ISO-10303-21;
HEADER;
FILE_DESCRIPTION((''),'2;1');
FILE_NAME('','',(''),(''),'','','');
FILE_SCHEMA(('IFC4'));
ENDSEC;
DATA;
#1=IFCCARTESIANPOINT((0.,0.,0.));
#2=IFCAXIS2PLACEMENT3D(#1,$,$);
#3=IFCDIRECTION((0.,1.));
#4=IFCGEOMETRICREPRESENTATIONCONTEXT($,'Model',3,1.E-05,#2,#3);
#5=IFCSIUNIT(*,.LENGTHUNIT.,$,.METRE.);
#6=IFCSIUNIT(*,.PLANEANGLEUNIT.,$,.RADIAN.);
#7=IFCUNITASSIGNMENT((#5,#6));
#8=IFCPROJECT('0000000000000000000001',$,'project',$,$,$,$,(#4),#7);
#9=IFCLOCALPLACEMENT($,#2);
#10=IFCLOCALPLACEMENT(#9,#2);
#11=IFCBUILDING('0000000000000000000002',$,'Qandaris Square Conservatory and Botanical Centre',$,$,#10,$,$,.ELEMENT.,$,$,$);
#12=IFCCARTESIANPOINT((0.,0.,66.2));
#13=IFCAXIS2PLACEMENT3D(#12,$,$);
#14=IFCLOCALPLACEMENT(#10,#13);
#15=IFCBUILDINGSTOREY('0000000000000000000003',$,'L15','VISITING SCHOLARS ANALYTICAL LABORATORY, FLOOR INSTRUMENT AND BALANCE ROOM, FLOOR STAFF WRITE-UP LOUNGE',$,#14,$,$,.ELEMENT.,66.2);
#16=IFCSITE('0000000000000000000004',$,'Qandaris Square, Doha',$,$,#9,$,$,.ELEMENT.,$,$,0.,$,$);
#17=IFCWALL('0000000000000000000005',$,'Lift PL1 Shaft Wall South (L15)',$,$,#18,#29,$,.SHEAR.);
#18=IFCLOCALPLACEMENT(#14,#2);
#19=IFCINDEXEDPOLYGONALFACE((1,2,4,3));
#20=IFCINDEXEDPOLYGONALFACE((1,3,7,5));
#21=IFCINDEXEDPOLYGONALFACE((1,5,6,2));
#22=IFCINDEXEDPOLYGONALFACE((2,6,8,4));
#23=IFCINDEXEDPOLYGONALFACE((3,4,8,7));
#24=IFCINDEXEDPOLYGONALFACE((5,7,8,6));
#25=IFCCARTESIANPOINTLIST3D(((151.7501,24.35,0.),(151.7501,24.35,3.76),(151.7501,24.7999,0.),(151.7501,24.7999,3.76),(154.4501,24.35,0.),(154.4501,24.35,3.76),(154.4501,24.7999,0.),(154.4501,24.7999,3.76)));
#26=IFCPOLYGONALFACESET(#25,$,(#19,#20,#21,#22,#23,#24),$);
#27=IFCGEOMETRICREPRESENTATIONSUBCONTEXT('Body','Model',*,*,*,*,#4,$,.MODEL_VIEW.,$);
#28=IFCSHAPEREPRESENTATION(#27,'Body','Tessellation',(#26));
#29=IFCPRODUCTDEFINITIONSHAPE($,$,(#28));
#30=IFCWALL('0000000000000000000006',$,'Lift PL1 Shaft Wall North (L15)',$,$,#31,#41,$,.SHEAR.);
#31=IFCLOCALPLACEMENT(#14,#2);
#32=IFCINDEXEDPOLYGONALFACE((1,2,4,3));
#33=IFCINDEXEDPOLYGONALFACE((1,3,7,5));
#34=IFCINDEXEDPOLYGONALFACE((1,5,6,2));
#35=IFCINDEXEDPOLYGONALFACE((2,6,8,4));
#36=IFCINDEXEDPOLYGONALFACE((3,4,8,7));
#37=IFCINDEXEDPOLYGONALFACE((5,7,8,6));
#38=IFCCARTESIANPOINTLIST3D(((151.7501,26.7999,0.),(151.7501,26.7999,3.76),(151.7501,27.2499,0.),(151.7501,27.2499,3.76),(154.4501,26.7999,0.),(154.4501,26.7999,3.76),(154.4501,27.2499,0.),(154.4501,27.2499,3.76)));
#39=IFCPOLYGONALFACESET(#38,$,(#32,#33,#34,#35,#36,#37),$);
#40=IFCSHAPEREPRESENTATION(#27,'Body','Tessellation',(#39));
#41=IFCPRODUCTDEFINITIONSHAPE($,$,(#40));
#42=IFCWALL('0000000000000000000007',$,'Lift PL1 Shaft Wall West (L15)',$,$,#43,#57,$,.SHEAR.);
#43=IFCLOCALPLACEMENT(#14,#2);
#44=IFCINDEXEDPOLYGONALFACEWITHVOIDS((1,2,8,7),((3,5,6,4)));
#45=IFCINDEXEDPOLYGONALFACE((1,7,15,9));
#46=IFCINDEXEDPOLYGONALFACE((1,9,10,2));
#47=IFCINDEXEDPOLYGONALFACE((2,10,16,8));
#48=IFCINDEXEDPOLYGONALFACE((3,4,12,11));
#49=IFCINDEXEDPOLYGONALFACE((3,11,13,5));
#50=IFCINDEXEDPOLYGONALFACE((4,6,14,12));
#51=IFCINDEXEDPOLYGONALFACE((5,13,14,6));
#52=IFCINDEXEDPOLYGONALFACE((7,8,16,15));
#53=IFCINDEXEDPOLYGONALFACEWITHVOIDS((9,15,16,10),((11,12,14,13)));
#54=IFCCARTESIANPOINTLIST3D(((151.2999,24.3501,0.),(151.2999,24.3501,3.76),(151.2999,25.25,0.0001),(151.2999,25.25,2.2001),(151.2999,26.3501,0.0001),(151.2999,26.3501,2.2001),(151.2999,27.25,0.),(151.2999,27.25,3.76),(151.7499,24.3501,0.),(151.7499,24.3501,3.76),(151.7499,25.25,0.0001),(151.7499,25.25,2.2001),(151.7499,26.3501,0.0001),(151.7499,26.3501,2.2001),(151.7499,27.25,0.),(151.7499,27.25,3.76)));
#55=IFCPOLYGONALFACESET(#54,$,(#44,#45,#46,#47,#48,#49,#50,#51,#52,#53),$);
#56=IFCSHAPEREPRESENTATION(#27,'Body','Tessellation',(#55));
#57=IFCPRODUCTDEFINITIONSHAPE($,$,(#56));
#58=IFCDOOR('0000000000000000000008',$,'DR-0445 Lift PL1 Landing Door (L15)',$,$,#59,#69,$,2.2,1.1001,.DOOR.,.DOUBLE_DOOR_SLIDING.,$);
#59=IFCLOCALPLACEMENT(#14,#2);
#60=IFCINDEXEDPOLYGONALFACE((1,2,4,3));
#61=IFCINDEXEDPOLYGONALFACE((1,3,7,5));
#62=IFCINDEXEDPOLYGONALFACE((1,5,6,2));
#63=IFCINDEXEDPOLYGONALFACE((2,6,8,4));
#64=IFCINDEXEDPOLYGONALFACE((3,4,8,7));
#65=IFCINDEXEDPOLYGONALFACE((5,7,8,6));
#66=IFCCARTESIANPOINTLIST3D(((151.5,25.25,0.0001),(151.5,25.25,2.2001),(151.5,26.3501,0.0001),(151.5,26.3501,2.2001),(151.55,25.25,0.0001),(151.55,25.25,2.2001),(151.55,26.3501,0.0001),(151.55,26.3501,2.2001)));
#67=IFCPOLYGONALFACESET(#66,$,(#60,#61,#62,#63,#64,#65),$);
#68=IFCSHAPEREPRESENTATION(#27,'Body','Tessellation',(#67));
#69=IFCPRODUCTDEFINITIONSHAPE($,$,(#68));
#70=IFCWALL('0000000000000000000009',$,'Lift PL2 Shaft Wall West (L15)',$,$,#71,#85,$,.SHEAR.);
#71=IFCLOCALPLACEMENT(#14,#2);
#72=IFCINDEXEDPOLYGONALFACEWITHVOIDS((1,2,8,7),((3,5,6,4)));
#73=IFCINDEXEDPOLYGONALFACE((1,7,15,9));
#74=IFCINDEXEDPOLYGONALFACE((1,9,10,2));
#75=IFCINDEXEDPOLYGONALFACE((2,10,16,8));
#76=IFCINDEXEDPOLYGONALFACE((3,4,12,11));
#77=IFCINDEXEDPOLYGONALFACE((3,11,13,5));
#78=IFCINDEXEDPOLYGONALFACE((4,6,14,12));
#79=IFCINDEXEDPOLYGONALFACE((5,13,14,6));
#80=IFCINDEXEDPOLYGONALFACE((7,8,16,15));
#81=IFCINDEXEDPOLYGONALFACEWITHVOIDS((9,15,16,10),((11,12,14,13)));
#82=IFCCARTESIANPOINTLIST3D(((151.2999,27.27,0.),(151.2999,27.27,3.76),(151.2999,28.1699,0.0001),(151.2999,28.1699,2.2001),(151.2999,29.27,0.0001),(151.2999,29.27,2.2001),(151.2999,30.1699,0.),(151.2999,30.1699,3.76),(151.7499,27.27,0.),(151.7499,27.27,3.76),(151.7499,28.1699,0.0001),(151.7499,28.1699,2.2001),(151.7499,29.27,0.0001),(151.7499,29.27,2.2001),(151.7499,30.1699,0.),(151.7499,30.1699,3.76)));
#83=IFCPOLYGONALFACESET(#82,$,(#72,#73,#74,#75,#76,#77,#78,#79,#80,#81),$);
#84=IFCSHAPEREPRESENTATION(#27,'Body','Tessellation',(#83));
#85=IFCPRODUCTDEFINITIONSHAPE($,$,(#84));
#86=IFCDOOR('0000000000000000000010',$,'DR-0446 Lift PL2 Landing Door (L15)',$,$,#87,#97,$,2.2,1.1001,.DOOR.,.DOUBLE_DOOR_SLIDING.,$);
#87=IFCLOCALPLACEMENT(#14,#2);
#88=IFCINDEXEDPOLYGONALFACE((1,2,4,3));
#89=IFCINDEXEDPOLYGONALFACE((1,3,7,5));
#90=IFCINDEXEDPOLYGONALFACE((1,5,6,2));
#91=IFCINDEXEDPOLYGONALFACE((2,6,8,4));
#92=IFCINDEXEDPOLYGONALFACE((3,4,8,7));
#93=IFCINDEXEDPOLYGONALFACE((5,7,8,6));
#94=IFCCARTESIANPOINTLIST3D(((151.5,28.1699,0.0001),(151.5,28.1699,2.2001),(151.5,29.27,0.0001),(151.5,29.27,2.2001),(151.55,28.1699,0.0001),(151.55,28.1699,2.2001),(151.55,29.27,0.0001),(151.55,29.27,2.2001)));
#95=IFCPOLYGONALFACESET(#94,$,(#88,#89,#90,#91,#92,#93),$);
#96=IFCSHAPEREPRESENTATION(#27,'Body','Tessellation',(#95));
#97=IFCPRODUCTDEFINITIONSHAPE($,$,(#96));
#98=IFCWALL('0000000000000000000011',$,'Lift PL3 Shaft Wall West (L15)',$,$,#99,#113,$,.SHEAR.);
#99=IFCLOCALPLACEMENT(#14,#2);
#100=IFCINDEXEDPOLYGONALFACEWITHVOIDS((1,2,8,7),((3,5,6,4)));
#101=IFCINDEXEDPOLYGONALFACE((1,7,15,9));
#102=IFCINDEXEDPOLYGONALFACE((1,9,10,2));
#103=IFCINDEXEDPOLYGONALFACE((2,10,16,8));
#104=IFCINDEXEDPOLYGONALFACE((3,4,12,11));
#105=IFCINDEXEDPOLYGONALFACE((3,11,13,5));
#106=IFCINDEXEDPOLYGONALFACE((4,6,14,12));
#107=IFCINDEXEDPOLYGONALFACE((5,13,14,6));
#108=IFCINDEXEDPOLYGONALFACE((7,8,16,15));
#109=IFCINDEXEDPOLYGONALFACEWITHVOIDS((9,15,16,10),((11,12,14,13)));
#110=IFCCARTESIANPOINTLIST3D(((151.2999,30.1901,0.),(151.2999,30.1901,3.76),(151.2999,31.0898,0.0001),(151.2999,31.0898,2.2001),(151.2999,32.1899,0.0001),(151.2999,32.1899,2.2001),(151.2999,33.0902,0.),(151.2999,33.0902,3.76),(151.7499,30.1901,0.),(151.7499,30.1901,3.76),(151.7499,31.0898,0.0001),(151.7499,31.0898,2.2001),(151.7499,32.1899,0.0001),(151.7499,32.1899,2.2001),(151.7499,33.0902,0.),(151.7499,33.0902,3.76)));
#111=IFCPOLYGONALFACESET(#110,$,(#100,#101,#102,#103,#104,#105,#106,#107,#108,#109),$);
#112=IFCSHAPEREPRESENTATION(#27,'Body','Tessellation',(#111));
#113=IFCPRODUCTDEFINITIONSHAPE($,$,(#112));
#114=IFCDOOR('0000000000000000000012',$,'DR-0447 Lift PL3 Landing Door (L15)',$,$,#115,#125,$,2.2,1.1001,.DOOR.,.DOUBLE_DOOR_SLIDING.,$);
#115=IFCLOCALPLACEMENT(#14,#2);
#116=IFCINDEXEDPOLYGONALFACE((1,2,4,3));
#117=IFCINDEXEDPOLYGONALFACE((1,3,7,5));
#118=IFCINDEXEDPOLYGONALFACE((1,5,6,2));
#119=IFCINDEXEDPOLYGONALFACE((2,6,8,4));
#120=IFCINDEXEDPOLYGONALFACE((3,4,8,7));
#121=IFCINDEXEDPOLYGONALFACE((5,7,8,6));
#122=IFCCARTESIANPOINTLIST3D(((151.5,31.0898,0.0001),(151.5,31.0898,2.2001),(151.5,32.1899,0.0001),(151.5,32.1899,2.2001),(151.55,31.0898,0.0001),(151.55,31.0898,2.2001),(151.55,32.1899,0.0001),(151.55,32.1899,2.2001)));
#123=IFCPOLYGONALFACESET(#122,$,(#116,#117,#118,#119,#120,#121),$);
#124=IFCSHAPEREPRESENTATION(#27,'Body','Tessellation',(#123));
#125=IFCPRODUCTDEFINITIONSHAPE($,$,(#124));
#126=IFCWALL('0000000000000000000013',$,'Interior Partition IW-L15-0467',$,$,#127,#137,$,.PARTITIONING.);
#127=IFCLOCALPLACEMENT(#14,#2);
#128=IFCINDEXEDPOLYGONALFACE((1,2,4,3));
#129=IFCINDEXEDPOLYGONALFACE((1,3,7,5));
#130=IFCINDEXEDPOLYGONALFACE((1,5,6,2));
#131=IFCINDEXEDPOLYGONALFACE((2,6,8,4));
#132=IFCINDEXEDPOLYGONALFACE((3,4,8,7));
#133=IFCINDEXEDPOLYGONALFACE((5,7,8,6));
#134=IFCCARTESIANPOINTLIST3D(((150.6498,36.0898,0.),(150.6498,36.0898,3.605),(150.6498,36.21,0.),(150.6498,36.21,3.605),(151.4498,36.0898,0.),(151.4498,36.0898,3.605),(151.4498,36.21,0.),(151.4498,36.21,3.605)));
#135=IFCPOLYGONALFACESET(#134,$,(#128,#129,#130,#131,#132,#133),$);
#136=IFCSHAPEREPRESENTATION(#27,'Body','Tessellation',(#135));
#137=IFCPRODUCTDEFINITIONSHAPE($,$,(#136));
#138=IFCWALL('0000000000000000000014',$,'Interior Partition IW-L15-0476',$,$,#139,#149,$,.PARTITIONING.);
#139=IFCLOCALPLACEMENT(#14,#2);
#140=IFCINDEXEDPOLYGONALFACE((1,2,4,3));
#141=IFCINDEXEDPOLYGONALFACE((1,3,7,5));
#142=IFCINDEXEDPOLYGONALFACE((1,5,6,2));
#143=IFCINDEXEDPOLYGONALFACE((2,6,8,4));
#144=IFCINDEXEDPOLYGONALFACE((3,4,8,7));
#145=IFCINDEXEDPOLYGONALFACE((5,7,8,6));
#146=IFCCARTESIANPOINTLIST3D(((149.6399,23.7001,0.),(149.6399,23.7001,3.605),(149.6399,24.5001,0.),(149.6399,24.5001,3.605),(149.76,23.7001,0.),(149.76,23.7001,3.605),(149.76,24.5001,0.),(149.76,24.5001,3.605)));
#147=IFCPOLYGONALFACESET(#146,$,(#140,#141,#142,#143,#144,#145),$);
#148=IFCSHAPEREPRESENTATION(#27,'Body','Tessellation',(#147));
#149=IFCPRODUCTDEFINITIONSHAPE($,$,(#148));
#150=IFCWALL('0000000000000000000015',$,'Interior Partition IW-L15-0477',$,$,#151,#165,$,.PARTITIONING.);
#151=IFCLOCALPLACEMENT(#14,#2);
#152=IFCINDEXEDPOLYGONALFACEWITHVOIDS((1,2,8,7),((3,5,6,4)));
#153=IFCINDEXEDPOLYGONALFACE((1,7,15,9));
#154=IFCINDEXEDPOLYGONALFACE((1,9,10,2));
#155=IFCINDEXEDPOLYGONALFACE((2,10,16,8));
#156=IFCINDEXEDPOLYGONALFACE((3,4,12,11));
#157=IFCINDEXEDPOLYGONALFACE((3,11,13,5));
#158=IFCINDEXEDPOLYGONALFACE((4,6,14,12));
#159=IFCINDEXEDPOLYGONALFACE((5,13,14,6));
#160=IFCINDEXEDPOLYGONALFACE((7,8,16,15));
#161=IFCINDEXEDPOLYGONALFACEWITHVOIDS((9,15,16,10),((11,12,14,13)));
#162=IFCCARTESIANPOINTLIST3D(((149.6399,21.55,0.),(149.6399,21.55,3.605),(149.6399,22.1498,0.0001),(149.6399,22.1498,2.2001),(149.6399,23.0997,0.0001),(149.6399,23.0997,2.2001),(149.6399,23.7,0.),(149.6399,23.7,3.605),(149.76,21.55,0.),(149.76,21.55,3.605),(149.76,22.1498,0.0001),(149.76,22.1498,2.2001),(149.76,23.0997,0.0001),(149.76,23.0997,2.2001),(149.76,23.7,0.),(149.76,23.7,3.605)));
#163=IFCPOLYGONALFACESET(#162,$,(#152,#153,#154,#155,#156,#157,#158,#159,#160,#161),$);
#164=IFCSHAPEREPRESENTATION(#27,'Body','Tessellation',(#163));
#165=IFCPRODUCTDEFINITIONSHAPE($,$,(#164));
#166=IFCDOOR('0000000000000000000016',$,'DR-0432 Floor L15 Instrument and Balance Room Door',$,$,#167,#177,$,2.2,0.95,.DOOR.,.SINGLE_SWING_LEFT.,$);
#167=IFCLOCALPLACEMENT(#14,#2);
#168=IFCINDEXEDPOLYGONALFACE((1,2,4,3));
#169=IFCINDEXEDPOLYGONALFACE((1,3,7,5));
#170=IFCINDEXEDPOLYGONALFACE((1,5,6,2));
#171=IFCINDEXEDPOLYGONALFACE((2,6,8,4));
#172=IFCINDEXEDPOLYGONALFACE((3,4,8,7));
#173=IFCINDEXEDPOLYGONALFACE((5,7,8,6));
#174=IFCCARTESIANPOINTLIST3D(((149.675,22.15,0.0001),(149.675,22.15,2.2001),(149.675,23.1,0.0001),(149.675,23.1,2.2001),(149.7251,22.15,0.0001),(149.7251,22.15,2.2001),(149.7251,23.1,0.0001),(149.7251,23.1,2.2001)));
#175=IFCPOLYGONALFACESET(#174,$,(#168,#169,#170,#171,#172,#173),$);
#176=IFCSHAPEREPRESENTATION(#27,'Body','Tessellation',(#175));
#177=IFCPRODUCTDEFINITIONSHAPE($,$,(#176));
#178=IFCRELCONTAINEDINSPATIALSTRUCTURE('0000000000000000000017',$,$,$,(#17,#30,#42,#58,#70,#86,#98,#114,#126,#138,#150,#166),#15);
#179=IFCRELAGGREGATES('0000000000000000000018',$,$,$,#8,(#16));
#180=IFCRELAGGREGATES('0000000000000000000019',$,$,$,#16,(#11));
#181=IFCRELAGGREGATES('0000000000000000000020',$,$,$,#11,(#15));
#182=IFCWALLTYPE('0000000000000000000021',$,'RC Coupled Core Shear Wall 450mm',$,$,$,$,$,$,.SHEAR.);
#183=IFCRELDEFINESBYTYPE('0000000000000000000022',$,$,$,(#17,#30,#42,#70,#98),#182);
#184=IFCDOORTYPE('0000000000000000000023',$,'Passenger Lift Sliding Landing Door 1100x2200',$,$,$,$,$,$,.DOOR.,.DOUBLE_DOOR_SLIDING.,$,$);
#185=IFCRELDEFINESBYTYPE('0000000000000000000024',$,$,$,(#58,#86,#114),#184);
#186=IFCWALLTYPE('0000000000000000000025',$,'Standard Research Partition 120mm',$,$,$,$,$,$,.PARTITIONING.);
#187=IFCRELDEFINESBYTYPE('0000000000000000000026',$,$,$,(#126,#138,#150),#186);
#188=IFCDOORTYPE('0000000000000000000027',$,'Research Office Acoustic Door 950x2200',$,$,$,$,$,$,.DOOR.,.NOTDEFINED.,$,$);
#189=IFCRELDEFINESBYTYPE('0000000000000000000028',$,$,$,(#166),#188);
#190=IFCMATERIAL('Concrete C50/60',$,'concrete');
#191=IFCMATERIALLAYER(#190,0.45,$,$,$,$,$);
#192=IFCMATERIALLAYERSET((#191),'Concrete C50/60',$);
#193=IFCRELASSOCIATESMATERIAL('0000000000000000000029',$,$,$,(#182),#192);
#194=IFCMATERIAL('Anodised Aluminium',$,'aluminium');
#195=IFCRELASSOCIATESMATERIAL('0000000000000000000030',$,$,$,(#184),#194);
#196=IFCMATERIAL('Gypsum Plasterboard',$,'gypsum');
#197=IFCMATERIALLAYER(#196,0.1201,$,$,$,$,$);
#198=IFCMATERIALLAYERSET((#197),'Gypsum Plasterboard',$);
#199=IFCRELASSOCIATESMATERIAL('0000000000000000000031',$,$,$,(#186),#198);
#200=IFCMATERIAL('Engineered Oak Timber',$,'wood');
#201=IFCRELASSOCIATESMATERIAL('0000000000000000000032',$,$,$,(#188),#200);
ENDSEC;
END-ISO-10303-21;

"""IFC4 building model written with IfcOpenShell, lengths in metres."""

from ifc_helpers import new_model, si_unit, direction, frame, frame_2d, origin, place, context, subcontext, project, spatial, rectangle, extrude, material, layer, layer_set, type_object, element, fill, save


model = new_model("IFC4")

# Units and contexts
model_context = context("Model", 3, precision=1e-05, world=origin(), true_north=direction((0.0, 1.0)))
body_context = subcontext(model_context, "Body", "Model", "MODEL_VIEW")
ifc_project = project(units=[si_unit("LENGTHUNIT", "METRE"), si_unit("PLANEANGLEUNIT", "RADIAN")], contexts=[model_context])

# Site, building, storey
site_placement = place(None, origin())
site = spatial("IfcSite", under=ifc_project, at=site_placement, Name="Qandaris Square, Doha", CompositionType="ELEMENT", RefElevation=0.0)
building_placement = place(site_placement, origin())
building = spatial("IfcBuilding", under=site, at=building_placement, Name="Qandaris Square Conservatory and Botanical Centre", CompositionType="ELEMENT")
storey_placement = place(building_placement, frame((0.0, 0.0, 66.2)))
storey = spatial("IfcBuildingStorey", under=building, at=storey_placement, Name="L15", Description="VISITING SCHOLARS ANALYTICAL LABORATORY, FLOOR INSTRUMENT AND BALANCE ROOM, FLOOR STAFF WRITE-UP LOUNGE", CompositionType="ELEMENT", Elevation=66.2)

# Shared definitions
ifc_material_1 = material(Name="Concrete C50/60", Category="concrete")

# Shared definitions
ifc_material_2 = material(Name="Anodised Aluminium", Category="aluminium")

# Shared definitions
ifc_layer_1 = layer(ifc_material_1, 0.45)
ifc_layer_set_1 = layer_set([ifc_layer_1], Name="Concrete C50/60")
wall_type_1 = type_object("IfcWallType", Name="RC Coupled Core Shear Wall 450mm", PredefinedType="SHEAR", material=ifc_layer_set_1)

# Walls
for number, where, z_axis, x_axis, name in (
    (1, (151.75, 24.575, 0.0), (0.0, 0.0, 1.0), (1.0, 0.0, 0.0), "Lift PL1 Shaft Wall South (L15)"),
    (2, (151.75, 27.0249, 0.0), (0.0, 0.0, 1.0), (1.0, 0.0, 0.0), "Lift PL1 Shaft Wall North (L15)"),
):
    element("IfcWall", number, at=place(storey_placement, frame(where, z_axis=z_axis, x_axis=x_axis)), inside=storey, type_object=wall_type_1, Name=name, PredefinedType="SHEAR", context=body_context, shape_type="SweptSolid", body=[
        extrude(rectangle(XDim=2.7, YDim=0.45, at=frame_2d((1.3501, 0.0))), origin(), (0.0, 0.0, 1.0), 3.76),
    ])

# Walls, openings, doors
wall_1_placement = place(storey_placement, frame((151.5249, 24.3501, 0.0), z_axis=(0.0, 0.0, 1.0), x_axis=(0.0, 1.0, 0.0)))
wall_1 = element("IfcWall", 3, at=wall_1_placement, inside=storey, type_object=wall_type_1, Name="Lift PL1 Shaft Wall West (L15)", PredefinedType="SHEAR", context=body_context, shape_type="SweptSolid", body=[
    extrude(rectangle(XDim=2.8999, YDim=0.45, at=frame_2d((1.45, 0.0))), origin(), (0.0, 0.0, 1.0), 3.76),
])
opening_1_placement = place(wall_1_placement, frame((0.8999, 0.0, 0.0)))
opening_1 = element("IfcOpeningElement", 4, at=opening_1_placement, cuts=wall_1, PredefinedType="OPENING", context=body_context, shape_type="SweptSolid", body=[
    extrude(rectangle(XDim=1.1001, YDim=2.2, at=frame_2d((0.55, 1.1001))), frame((0.0, 0.2368, 0.0), z_axis=(0.0, -1.0, 0.0), x_axis=(1.0, 0.0, 0.0)), (0.0, 0.0, 1.0), 0.4739),
])
door_type_1 = type_object("IfcDoorType", Name="Passenger Lift Sliding Landing Door 1100x2200", OperationType="DOUBLE_DOOR_SLIDING", PredefinedType="DOOR", material=ifc_material_2)
door_1_placement = place(opening_1_placement, origin())
door_1 = element("IfcDoor", 5, at=door_1_placement, inside=storey, type_object=door_type_1, Name="DR-0445 Lift PL1 Landing Door (L15)", OperationType="DOUBLE_DOOR_SLIDING", OverallHeight=2.2, OverallWidth=1.1001, PredefinedType="DOOR", context=body_context, shape_type="SweptSolid", body=[
    extrude(rectangle(XDim=1.1001, YDim=2.2, at=frame_2d((0.55, 1.1001))), frame((0.0, 0.0249, 0.0), z_axis=(0.0, -1.0, 0.0), x_axis=(1.0, 0.0, 0.0)), (0.0, 0.0, 1.0), 0.05),
])
fill(opening_1, door_1)
wall_2_placement = place(storey_placement, frame((151.5249, 27.27, 0.0), z_axis=(0.0, 0.0, 1.0), x_axis=(0.0, 1.0, 0.0)))
wall_2 = element("IfcWall", 6, at=wall_2_placement, inside=storey, type_object=wall_type_1, Name="Lift PL2 Shaft Wall West (L15)", PredefinedType="SHEAR", context=body_context, shape_type="SweptSolid", body=[
    extrude(rectangle(XDim=2.8999, YDim=0.45, at=frame_2d((1.45, 0.0))), origin(), (0.0, 0.0, 1.0), 3.76),
])
opening_2_placement = place(wall_2_placement, frame((0.8999, 0.0, 0.0)))
opening_2 = element("IfcOpeningElement", 7, at=opening_2_placement, cuts=wall_2, PredefinedType="OPENING", context=body_context, shape_type="SweptSolid", body=[
    extrude(rectangle(XDim=1.1001, YDim=2.2, at=frame_2d((0.55, 1.1001))), frame((0.0, 0.2368, 0.0), z_axis=(0.0, -1.0, 0.0), x_axis=(1.0, 0.0, 0.0)), (0.0, 0.0, 1.0), 0.4739),
])
door_2_placement = place(opening_2_placement, origin())
door_2 = element("IfcDoor", 8, at=door_2_placement, inside=storey, type_object=door_type_1, Name="DR-0446 Lift PL2 Landing Door (L15)", OperationType="DOUBLE_DOOR_SLIDING", OverallHeight=2.2, OverallWidth=1.1001, PredefinedType="DOOR", context=body_context, shape_type="SweptSolid", body=[
    extrude(rectangle(XDim=1.1001, YDim=2.2, at=frame_2d((0.55, 1.1001))), frame((0.0, 0.0249, 0.0), z_axis=(0.0, -1.0, 0.0), x_axis=(1.0, 0.0, 0.0)), (0.0, 0.0, 1.0), 0.05),
])
fill(opening_2, door_2)
wall_3_placement = place(storey_placement, frame((151.5249, 30.1899, 0.0), z_axis=(0.0, 0.0, 1.0), x_axis=(0.0, 1.0, 0.0)))
wall_3 = element("IfcWall", 9, at=wall_3_placement, inside=storey, type_object=wall_type_1, Name="Lift PL3 Shaft Wall West (L15)", PredefinedType="SHEAR", context=body_context, shape_type="SweptSolid", body=[
    extrude(rectangle(XDim=2.9001, YDim=0.45, at=frame_2d((1.4502, 0.0))), origin(), (0.0, 0.0, 1.0), 3.76),
])
opening_3_placement = place(wall_3_placement, frame((0.8999, 0.0, 0.0)))
opening_3 = element("IfcOpeningElement", 10, at=opening_3_placement, cuts=wall_3, PredefinedType="OPENING", context=body_context, shape_type="SweptSolid", body=[
    extrude(rectangle(XDim=1.1001, YDim=2.2, at=frame_2d((0.55, 1.1001))), frame((0.0, 0.2368, 0.0), z_axis=(0.0, -1.0, 0.0), x_axis=(1.0, 0.0, 0.0)), (0.0, 0.0, 1.0), 0.4739),
])
door_3_placement = place(opening_3_placement, origin())
door_3 = element("IfcDoor", 11, at=door_3_placement, inside=storey, type_object=door_type_1, Name="DR-0447 Lift PL3 Landing Door (L15)", OperationType="DOUBLE_DOOR_SLIDING", OverallHeight=2.2, OverallWidth=1.1001, PredefinedType="DOOR", context=body_context, shape_type="SweptSolid", body=[
    extrude(rectangle(XDim=1.1001, YDim=2.2, at=frame_2d((0.55, 1.1001))), frame((0.0, 0.0249, 0.0), z_axis=(0.0, -1.0, 0.0), x_axis=(1.0, 0.0, 0.0)), (0.0, 0.0, 1.0), 0.05),
])
fill(opening_3, door_3)

# Walls
ifc_material_3 = material(Name="Gypsum Plasterboard", Category="gypsum")
ifc_layer_2 = layer(ifc_material_3, 0.1201)
ifc_layer_set_2 = layer_set([ifc_layer_2], Name="Gypsum Plasterboard")
wall_type_2 = type_object("IfcWallType", Name="Standard Research Partition 120mm", PredefinedType="PARTITIONING", material=ifc_layer_set_2)
for number, where, z_axis, x_axis, name in (
    (12, (150.6499, 36.1499, 0.0), (0.0, 0.0, 1.0), (1.0, 0.0, 0.0), "Interior Partition IW-L15-0467"),
    (13, (149.7, 24.5, 0.0), (0.0, 0.0, 1.0), (0.0, -1.0, 0.0), "Interior Partition IW-L15-0476"),
):
    element("IfcWall", number, at=place(storey_placement, frame(where, z_axis=z_axis, x_axis=x_axis)), inside=storey, type_object=wall_type_2, Name=name, PredefinedType="PARTITIONING", context=body_context, shape_type="SweptSolid", body=[
        extrude(rectangle(XDim=0.8, YDim=0.1201, at=frame_2d((0.3999, 0.0))), origin(), (0.0, 0.0, 1.0), 3.605),
    ])

# Wall, opening, door
wall_4_placement = place(storey_placement, frame((149.7, 23.7, 0.0), z_axis=(0.0, 0.0, 1.0), x_axis=(0.0, -1.0, 0.0)))
wall_4 = element("IfcWall", 14, at=wall_4_placement, inside=storey, type_object=wall_type_2, Name="Interior Partition IW-L15-0477", PredefinedType="PARTITIONING", context=body_context, shape_type="SweptSolid", body=[
    extrude(rectangle(XDim=2.1499, YDim=0.1201, at=frame_2d((1.075, 0.0))), origin(), (0.0, 0.0, 1.0), 3.605),
])
opening_4_placement = place(wall_4_placement, frame((0.6001, 0.0, 0.0)))
opening_4 = element("IfcOpeningElement", 15, at=opening_4_placement, cuts=wall_4, PredefinedType="OPENING", context=body_context, shape_type="SweptSolid", body=[
    extrude(rectangle(XDim=0.95, YDim=2.2, at=frame_2d((0.4751, 1.1001))), frame((0.0, 0.072, 0.0), z_axis=(0.0, -1.0, 0.0), x_axis=(1.0, 0.0, 0.0)), (0.0, 0.0, 1.0), 0.144),
])
ifc_material_4 = material(Name="Engineered Oak Timber", Category="wood")
door_type_2 = type_object("IfcDoorType", Name="Research Office Acoustic Door 950x2200", OperationType="NOTDEFINED", PredefinedType="DOOR", material=ifc_material_4)
door_4_placement = place(opening_4_placement, frame((0.95, 0.0, 0.0), z_axis=(0.0, 0.0, 1.0), x_axis=(-1.0, 0.0, 0.0)))
door_4 = element("IfcDoor", 16, at=door_4_placement, inside=storey, type_object=door_type_2, Name="DR-0432 Floor L15 Instrument and Balance Room Door", OperationType="SINGLE_SWING_LEFT", OverallHeight=2.2, OverallWidth=0.95, PredefinedType="DOOR", context=body_context, shape_type="SweptSolid", body=[
    extrude(rectangle(XDim=0.95, YDim=2.2, at=frame_2d((0.4751, 1.1001))), frame((0.0, 0.0249, 0.0), z_axis=(0.0, -1.0, 0.0), x_axis=(1.0, 0.0, 0.0)), (0.0, 0.0, 1.0), 0.05),
])
fill(opening_4, door_4)

save(model, "model.ifc")
